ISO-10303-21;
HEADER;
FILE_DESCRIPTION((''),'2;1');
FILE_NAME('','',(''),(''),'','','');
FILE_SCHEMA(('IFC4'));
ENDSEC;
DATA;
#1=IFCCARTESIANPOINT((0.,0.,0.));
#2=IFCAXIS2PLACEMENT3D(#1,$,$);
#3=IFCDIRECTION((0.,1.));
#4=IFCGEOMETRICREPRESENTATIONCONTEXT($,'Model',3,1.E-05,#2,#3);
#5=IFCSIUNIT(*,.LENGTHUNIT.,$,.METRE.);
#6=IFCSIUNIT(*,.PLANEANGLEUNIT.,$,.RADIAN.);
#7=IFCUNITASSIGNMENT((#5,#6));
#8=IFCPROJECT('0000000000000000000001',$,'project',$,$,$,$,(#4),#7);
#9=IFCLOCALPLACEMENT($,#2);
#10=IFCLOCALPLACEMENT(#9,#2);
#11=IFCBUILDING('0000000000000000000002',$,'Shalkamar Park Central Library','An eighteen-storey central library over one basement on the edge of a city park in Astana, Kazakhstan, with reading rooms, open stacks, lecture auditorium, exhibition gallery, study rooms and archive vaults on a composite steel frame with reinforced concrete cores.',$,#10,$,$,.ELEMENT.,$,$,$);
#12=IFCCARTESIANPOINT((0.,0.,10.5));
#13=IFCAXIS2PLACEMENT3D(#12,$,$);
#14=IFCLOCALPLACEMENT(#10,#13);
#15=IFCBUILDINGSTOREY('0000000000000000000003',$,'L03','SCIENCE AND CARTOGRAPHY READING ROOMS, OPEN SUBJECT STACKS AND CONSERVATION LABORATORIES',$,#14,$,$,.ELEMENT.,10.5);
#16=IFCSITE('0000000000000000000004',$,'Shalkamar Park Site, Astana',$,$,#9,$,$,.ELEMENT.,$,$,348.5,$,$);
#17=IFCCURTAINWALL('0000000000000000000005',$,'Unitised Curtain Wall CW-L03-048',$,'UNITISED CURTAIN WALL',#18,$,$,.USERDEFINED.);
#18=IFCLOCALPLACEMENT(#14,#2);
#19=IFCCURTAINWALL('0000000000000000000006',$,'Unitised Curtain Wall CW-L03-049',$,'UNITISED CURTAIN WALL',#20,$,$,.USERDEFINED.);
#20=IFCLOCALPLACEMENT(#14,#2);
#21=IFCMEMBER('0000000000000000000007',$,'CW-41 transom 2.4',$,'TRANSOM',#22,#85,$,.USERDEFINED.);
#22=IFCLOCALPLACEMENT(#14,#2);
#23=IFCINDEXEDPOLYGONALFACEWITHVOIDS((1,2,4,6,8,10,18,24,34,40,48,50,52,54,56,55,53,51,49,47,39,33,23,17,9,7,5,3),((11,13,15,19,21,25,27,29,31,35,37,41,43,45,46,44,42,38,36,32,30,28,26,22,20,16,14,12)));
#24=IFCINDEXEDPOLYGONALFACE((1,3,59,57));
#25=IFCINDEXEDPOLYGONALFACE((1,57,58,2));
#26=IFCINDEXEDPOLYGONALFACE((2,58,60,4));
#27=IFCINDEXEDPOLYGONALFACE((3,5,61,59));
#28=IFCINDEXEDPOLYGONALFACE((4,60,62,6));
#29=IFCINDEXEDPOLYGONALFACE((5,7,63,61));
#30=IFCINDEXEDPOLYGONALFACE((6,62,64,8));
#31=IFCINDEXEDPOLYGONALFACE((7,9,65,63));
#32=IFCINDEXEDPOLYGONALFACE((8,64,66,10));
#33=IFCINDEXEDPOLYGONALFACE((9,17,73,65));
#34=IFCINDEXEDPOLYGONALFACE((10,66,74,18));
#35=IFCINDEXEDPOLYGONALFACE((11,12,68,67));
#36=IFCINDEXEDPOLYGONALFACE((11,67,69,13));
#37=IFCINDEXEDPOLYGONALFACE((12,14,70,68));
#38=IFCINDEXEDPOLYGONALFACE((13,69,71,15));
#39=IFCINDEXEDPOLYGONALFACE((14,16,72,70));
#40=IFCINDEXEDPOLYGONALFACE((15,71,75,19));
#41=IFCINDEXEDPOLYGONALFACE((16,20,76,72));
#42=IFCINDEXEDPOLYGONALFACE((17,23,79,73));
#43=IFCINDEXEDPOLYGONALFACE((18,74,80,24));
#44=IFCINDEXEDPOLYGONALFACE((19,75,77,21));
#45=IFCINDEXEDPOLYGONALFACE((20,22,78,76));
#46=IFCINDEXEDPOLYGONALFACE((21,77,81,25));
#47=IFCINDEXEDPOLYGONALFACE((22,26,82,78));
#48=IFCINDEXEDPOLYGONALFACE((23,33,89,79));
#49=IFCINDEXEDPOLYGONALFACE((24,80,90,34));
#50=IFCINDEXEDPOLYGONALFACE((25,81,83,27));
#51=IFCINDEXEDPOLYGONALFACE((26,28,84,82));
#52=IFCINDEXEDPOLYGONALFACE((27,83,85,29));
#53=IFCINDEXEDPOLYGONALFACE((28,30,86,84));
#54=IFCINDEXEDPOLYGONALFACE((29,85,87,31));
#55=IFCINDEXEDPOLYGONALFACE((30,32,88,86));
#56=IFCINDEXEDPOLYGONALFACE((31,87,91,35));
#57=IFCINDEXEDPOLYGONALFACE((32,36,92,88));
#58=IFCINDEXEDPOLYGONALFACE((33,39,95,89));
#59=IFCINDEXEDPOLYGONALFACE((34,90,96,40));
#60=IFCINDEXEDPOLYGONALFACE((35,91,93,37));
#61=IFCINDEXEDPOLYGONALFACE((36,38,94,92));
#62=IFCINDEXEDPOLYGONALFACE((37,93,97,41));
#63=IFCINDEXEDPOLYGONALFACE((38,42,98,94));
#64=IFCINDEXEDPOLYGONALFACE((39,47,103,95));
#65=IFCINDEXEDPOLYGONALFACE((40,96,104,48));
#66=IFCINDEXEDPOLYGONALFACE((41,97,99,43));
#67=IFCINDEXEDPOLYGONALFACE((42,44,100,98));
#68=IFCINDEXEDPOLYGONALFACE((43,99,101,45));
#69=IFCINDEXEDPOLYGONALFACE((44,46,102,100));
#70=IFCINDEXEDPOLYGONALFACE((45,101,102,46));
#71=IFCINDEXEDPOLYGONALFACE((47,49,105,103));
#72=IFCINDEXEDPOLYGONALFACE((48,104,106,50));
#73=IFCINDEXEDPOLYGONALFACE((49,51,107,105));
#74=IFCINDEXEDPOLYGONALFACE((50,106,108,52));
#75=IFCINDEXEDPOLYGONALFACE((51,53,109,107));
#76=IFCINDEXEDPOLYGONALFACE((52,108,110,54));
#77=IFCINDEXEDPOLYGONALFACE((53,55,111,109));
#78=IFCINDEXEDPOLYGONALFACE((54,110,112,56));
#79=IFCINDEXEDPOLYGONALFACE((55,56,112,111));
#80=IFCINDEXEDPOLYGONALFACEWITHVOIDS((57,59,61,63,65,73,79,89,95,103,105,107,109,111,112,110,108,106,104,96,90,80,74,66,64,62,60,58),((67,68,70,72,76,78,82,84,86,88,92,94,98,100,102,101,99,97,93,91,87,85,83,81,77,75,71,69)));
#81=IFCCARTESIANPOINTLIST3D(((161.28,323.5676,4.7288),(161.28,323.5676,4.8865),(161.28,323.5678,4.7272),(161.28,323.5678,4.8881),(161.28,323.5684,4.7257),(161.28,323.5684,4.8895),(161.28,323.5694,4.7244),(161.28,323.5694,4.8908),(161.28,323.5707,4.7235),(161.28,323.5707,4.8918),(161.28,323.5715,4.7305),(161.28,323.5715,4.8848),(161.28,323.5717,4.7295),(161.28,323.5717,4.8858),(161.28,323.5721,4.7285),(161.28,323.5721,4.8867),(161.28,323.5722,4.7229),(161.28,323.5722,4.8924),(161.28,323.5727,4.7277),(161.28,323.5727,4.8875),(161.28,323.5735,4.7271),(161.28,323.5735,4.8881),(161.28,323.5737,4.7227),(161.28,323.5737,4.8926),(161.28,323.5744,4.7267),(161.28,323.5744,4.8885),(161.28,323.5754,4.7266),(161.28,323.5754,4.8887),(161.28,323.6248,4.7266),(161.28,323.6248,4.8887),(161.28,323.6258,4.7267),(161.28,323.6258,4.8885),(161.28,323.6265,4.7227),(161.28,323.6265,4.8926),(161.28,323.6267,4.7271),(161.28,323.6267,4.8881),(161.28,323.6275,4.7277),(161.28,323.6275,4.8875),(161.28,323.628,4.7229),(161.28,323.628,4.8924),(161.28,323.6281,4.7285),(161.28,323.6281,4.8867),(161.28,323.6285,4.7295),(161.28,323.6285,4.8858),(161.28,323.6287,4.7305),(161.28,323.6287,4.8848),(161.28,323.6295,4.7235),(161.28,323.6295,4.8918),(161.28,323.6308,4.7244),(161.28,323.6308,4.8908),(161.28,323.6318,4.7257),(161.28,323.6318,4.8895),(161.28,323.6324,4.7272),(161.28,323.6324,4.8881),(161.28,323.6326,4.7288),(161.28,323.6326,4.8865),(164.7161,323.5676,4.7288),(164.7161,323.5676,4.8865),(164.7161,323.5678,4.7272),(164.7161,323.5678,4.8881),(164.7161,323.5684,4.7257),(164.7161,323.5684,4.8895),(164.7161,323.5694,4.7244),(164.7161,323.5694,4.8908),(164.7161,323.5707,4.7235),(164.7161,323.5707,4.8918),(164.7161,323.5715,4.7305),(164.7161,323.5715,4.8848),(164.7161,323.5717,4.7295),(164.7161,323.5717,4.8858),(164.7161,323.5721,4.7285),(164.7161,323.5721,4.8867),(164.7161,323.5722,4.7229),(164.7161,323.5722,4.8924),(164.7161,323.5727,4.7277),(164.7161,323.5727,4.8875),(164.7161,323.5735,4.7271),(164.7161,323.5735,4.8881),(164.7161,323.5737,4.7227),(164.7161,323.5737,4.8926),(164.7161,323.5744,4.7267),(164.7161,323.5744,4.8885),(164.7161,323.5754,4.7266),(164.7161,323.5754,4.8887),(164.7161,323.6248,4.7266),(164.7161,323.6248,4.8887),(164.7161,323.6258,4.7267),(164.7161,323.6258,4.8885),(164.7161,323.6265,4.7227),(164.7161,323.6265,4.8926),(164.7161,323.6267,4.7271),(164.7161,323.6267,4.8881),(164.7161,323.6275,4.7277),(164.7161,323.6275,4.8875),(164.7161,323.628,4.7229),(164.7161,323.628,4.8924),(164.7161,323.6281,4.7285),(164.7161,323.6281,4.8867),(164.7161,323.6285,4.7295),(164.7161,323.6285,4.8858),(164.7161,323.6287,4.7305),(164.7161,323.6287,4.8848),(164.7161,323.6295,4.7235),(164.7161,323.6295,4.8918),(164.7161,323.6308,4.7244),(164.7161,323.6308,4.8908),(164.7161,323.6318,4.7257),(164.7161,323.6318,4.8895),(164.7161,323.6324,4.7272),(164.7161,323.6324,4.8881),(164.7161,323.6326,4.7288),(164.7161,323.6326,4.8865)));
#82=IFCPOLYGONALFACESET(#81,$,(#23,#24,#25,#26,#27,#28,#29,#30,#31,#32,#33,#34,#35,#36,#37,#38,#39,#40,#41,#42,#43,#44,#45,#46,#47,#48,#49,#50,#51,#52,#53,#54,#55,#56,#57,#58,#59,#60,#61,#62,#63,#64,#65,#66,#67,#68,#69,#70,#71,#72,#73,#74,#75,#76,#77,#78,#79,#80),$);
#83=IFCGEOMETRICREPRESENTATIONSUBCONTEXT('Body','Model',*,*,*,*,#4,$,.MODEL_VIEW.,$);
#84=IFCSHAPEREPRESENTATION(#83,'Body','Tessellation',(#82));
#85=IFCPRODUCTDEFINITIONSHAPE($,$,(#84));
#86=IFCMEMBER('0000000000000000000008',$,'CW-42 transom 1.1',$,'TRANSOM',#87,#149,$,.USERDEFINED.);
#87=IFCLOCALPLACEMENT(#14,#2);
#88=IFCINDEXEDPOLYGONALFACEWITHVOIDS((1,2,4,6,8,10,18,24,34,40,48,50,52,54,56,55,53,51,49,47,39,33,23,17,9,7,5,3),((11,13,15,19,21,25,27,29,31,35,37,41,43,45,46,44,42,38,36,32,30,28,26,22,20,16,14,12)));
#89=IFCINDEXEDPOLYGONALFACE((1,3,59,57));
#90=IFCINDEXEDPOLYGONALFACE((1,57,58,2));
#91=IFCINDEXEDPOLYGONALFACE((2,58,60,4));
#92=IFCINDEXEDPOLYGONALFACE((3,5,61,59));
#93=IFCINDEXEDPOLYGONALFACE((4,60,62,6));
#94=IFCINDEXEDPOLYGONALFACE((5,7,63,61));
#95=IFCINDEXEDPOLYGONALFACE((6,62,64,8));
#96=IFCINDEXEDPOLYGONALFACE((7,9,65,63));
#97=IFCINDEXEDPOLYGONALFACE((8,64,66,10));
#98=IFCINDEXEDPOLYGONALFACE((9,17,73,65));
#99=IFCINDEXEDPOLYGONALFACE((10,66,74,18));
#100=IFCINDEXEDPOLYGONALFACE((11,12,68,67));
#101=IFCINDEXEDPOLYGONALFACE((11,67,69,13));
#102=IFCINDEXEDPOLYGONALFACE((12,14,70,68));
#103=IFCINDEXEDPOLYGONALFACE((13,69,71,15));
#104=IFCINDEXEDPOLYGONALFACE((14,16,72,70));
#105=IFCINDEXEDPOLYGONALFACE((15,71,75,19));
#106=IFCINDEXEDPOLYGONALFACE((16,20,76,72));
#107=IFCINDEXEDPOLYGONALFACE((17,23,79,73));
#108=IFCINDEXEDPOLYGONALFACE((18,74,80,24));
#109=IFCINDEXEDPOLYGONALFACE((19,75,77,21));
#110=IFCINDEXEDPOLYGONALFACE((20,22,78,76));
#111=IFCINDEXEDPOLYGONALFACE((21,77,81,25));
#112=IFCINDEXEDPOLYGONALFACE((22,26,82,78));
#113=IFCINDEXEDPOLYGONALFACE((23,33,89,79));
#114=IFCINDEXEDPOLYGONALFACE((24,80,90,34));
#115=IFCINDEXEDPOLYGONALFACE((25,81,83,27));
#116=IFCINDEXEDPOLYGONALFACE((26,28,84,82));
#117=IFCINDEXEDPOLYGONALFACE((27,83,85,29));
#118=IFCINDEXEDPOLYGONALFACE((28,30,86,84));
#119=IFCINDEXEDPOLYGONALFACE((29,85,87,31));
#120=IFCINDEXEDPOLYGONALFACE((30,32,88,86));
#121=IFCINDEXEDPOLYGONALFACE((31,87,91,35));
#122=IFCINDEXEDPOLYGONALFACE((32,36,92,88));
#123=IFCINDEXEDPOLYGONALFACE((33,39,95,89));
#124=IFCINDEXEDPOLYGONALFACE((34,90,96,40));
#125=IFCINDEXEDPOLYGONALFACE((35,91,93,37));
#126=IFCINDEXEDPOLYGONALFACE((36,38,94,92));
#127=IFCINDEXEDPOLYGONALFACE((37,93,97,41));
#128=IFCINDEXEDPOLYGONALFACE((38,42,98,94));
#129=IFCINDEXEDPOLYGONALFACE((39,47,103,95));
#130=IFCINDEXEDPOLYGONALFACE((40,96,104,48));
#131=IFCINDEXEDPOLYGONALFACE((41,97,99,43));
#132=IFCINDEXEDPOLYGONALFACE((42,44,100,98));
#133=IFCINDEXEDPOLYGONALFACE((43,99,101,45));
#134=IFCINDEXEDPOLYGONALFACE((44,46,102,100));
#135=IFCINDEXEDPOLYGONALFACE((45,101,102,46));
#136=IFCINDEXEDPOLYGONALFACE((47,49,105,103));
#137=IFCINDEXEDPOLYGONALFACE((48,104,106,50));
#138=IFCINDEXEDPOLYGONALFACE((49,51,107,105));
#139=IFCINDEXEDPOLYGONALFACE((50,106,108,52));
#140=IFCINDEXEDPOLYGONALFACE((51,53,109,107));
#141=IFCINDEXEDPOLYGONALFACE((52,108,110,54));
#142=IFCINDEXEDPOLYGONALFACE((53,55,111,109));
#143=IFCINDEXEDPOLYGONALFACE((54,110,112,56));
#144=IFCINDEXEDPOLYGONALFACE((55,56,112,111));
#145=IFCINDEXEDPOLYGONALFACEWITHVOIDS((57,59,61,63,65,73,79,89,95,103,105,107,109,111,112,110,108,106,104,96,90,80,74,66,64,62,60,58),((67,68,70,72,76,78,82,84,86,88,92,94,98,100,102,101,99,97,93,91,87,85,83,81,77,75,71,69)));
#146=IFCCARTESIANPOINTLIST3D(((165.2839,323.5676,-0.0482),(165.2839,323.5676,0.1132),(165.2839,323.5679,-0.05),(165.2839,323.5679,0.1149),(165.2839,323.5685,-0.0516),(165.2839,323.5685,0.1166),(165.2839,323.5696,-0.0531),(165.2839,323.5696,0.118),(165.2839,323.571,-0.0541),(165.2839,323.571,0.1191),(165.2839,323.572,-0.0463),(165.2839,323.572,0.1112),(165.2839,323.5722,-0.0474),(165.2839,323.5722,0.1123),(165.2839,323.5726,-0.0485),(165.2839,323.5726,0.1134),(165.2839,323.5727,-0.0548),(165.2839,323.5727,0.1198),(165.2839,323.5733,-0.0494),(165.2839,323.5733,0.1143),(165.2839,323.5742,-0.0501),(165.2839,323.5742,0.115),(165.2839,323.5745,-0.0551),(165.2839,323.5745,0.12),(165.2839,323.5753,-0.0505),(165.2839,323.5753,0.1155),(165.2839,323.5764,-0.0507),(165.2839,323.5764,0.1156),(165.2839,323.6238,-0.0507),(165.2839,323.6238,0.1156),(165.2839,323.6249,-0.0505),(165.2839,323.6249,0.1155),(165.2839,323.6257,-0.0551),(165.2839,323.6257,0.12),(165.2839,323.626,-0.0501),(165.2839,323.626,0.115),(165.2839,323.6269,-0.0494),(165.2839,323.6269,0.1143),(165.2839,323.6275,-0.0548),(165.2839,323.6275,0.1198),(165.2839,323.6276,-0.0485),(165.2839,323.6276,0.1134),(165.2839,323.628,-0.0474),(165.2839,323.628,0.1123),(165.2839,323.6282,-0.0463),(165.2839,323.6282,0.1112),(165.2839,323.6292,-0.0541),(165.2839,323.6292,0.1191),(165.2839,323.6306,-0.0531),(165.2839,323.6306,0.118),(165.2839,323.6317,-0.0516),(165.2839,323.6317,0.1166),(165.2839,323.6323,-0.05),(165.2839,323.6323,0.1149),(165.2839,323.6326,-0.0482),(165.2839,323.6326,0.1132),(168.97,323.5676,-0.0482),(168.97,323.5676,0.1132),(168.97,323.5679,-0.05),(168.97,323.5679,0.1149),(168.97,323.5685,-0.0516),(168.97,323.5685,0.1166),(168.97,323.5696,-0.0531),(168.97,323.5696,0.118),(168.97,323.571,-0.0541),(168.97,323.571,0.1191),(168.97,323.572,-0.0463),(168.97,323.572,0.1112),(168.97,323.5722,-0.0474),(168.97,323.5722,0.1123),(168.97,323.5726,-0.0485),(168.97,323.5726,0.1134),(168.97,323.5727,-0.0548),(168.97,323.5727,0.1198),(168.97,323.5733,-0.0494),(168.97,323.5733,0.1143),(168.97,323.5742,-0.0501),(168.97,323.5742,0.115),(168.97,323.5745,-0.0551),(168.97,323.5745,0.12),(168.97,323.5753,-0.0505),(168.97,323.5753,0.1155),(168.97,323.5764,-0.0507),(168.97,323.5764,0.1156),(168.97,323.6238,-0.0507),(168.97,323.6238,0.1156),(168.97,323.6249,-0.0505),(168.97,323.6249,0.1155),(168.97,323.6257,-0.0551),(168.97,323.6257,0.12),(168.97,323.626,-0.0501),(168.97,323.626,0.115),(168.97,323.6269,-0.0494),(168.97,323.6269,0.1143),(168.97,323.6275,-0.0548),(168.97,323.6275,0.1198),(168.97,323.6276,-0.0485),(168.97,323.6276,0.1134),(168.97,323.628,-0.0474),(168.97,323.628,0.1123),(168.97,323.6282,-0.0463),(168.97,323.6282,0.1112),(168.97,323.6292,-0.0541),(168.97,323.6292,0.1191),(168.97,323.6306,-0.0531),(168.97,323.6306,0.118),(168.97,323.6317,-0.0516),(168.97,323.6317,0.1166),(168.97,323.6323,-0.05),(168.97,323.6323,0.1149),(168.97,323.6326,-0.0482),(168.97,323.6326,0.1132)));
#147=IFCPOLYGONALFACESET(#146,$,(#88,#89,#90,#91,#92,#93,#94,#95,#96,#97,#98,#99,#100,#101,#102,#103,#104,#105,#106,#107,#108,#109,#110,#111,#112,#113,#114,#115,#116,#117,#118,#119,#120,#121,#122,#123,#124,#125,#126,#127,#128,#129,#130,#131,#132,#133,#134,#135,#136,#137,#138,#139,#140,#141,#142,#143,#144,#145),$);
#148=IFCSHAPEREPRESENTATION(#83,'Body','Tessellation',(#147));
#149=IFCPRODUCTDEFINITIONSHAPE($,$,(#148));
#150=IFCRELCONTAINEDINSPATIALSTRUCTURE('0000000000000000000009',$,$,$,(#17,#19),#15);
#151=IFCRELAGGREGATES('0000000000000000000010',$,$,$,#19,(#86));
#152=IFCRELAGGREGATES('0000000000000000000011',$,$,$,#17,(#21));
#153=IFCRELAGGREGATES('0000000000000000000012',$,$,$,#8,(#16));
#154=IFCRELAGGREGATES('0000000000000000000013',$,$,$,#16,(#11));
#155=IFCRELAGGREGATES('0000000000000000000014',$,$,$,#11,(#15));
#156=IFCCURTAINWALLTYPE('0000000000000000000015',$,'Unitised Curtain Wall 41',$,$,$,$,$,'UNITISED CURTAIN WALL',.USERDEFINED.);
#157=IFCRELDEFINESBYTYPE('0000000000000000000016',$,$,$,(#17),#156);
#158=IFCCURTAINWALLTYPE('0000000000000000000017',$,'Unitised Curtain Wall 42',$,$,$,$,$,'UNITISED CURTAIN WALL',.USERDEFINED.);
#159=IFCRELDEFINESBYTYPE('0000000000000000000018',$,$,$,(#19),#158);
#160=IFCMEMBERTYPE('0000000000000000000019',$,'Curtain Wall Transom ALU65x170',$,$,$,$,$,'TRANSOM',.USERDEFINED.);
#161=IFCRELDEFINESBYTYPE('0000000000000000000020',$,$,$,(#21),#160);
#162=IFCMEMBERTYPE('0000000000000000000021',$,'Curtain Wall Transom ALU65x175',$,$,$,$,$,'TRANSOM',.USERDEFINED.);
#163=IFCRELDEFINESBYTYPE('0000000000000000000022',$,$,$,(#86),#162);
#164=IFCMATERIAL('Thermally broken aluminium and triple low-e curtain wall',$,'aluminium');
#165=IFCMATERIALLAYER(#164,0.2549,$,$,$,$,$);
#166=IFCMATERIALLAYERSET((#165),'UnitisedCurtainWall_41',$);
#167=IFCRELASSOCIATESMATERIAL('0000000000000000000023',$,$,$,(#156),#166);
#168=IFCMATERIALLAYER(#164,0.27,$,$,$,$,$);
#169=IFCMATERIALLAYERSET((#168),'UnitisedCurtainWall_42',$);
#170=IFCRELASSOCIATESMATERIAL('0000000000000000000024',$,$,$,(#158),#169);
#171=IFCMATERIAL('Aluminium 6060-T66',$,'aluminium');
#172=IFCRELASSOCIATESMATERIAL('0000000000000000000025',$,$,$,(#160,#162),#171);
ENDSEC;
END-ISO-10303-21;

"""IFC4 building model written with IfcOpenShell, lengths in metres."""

from ifc_helpers import new_model, si_unit, direction, frame, origin, origin_2d, place, context, subcontext, project, spatial, hollow_rectangle, extrude, material, layer, layer_set, material_profile, profile_set, type_object, element, aggregate, save


model = new_model("IFC4")

# Units and contexts
model_context = context("Model", 3, precision=1e-05, world=origin(), true_north=direction((0.0, 1.0)))
body_context = subcontext(model_context, "Body", "Model", "MODEL_VIEW")
ifc_project = project(units=[si_unit("LENGTHUNIT", "METRE"), si_unit("PLANEANGLEUNIT", "RADIAN")], contexts=[model_context])

# Site, building, storey
site_placement = place(None, origin())
site = spatial("IfcSite", under=ifc_project, at=site_placement, Name="Shalkamar Park Site, Astana", CompositionType="ELEMENT", RefElevation=348.5)
building_placement = place(site_placement, origin())
building = spatial("IfcBuilding", under=site, at=building_placement, Name="Shalkamar Park Central Library", Description="An eighteen-storey central library over one basement on the edge of a city park in Astana, Kazakhstan, with reading rooms, open stacks, lecture auditorium, exhibition gallery, study rooms and archive vaults on a composite steel frame with reinforced concrete cores.", CompositionType="ELEMENT")
storey_placement = place(building_placement, frame((0.0, 0.0, 10.5)))
storey = spatial("IfcBuildingStorey", under=building, at=storey_placement, Name="L03", Description="SCIENCE AND CARTOGRAPHY READING ROOMS, OPEN SUBJECT STACKS AND CONSERVATION LABORATORIES", CompositionType="ELEMENT", Elevation=10.5)

# Curtain wall
ifc_material_1 = material(Name="Thermally broken aluminium and triple low-e curtain wall", Category="aluminium")
ifc_layer_1 = layer(ifc_material_1, 0.2549)
ifc_layer_set_1 = layer_set([ifc_layer_1], Name="UnitisedCurtainWall_41")
curtain_wall_type_1 = type_object("IfcCurtainWallType", Name="Unitised Curtain Wall 41", ElementType="UNITISED CURTAIN WALL", PredefinedType="USERDEFINED", material=ifc_layer_set_1)
curtain_wall_1_placement = place(storey_placement, origin())
curtain_wall_1 = element("IfcCurtainWall", 1, at=curtain_wall_1_placement, inside=storey, type_object=curtain_wall_type_1, Name="Unitised Curtain Wall CW-L03-048", ObjectType="UNITISED CURTAIN WALL", PredefinedType="USERDEFINED")
ifc_material_2 = material(Name="Aluminium 6060-T66", Category="aluminium")

# Curtain wall
ifc_layer_2 = layer(ifc_material_1, 0.27)
ifc_layer_set_2 = layer_set([ifc_layer_2], Name="UnitisedCurtainWall_42")
curtain_wall_type_2 = type_object("IfcCurtainWallType", Name="Unitised Curtain Wall 42", ElementType="UNITISED CURTAIN WALL", PredefinedType="USERDEFINED", material=ifc_layer_set_2)
curtain_wall_2_placement = place(storey_placement, origin())
curtain_wall_2 = element("IfcCurtainWall", 2, at=curtain_wall_2_placement, inside=storey, type_object=curtain_wall_type_2, Name="Unitised Curtain Wall CW-L03-049", ObjectType="UNITISED CURTAIN WALL", PredefinedType="USERDEFINED")

# Members
ifc_material_profile_1 = material_profile(ifc_material_2, hollow_rectangle(XDim=0.0649, YDim=0.1699, WallThickness=0.0039, InnerFilletRadius=0.0039, OuterFilletRadius=0.0061, at=origin_2d()), Name="ALU 65x170x4")
ifc_profile_set_1 = profile_set([ifc_material_profile_1], Name="Aluminium 6060-T66")
member_type_1 = type_object("IfcMemberType", Name="Curtain Wall Transom ALU65x170", ElementType="TRANSOM", PredefinedType="USERDEFINED", material=ifc_profile_set_1)
member_1_placement = place(storey_placement, frame((161.28, 323.6001, 4.8076), z_axis=(1.0, 0.0, 0.0), x_axis=(0.0, 1.0, 0.0)))
member_1 = element("IfcMember", 3, at=member_1_placement, type_object=member_type_1, Name="CW-41 transom 2.4", ObjectType="TRANSOM", PredefinedType="USERDEFINED", context=body_context, shape_type="SweptSolid", body=[
    extrude(hollow_rectangle(XDim=0.0649, YDim=0.1699, WallThickness=0.0039, InnerFilletRadius=0.0039, OuterFilletRadius=0.0061, at=origin_2d()), origin(), (0.0, 0.0, 1.0), 3.436),
])
ifc_material_profile_2 = material_profile(ifc_material_2, hollow_rectangle(XDim=0.0649, YDim=0.175, WallThickness=0.0044, InnerFilletRadius=0.0044, OuterFilletRadius=0.0068, at=origin_2d()), Name="ALU 65x175x4.5")
ifc_profile_set_2 = profile_set([ifc_material_profile_2], Name="Aluminium 6060-T66")
member_type_2 = type_object("IfcMemberType", Name="Curtain Wall Transom ALU65x175", ElementType="TRANSOM", PredefinedType="USERDEFINED", material=ifc_profile_set_2)
member_2_placement = place(storey_placement, frame((165.2839, 323.6001, 0.0325), z_axis=(1.0, 0.0, 0.0), x_axis=(0.0, 1.0, 0.0)))
member_2 = element("IfcMember", 4, at=member_2_placement, type_object=member_type_2, Name="CW-42 transom 1.1", ObjectType="TRANSOM", PredefinedType="USERDEFINED", context=body_context, shape_type="SweptSolid", body=[
    extrude(hollow_rectangle(XDim=0.0649, YDim=0.175, WallThickness=0.0044, InnerFilletRadius=0.0044, OuterFilletRadius=0.0068, at=origin_2d()), origin(), (0.0, 0.0, 1.0), 3.686),
])

aggregate(curtain_wall_2, [member_2])
aggregate(curtain_wall_1, [member_1])

save(model, "model.ifc")
